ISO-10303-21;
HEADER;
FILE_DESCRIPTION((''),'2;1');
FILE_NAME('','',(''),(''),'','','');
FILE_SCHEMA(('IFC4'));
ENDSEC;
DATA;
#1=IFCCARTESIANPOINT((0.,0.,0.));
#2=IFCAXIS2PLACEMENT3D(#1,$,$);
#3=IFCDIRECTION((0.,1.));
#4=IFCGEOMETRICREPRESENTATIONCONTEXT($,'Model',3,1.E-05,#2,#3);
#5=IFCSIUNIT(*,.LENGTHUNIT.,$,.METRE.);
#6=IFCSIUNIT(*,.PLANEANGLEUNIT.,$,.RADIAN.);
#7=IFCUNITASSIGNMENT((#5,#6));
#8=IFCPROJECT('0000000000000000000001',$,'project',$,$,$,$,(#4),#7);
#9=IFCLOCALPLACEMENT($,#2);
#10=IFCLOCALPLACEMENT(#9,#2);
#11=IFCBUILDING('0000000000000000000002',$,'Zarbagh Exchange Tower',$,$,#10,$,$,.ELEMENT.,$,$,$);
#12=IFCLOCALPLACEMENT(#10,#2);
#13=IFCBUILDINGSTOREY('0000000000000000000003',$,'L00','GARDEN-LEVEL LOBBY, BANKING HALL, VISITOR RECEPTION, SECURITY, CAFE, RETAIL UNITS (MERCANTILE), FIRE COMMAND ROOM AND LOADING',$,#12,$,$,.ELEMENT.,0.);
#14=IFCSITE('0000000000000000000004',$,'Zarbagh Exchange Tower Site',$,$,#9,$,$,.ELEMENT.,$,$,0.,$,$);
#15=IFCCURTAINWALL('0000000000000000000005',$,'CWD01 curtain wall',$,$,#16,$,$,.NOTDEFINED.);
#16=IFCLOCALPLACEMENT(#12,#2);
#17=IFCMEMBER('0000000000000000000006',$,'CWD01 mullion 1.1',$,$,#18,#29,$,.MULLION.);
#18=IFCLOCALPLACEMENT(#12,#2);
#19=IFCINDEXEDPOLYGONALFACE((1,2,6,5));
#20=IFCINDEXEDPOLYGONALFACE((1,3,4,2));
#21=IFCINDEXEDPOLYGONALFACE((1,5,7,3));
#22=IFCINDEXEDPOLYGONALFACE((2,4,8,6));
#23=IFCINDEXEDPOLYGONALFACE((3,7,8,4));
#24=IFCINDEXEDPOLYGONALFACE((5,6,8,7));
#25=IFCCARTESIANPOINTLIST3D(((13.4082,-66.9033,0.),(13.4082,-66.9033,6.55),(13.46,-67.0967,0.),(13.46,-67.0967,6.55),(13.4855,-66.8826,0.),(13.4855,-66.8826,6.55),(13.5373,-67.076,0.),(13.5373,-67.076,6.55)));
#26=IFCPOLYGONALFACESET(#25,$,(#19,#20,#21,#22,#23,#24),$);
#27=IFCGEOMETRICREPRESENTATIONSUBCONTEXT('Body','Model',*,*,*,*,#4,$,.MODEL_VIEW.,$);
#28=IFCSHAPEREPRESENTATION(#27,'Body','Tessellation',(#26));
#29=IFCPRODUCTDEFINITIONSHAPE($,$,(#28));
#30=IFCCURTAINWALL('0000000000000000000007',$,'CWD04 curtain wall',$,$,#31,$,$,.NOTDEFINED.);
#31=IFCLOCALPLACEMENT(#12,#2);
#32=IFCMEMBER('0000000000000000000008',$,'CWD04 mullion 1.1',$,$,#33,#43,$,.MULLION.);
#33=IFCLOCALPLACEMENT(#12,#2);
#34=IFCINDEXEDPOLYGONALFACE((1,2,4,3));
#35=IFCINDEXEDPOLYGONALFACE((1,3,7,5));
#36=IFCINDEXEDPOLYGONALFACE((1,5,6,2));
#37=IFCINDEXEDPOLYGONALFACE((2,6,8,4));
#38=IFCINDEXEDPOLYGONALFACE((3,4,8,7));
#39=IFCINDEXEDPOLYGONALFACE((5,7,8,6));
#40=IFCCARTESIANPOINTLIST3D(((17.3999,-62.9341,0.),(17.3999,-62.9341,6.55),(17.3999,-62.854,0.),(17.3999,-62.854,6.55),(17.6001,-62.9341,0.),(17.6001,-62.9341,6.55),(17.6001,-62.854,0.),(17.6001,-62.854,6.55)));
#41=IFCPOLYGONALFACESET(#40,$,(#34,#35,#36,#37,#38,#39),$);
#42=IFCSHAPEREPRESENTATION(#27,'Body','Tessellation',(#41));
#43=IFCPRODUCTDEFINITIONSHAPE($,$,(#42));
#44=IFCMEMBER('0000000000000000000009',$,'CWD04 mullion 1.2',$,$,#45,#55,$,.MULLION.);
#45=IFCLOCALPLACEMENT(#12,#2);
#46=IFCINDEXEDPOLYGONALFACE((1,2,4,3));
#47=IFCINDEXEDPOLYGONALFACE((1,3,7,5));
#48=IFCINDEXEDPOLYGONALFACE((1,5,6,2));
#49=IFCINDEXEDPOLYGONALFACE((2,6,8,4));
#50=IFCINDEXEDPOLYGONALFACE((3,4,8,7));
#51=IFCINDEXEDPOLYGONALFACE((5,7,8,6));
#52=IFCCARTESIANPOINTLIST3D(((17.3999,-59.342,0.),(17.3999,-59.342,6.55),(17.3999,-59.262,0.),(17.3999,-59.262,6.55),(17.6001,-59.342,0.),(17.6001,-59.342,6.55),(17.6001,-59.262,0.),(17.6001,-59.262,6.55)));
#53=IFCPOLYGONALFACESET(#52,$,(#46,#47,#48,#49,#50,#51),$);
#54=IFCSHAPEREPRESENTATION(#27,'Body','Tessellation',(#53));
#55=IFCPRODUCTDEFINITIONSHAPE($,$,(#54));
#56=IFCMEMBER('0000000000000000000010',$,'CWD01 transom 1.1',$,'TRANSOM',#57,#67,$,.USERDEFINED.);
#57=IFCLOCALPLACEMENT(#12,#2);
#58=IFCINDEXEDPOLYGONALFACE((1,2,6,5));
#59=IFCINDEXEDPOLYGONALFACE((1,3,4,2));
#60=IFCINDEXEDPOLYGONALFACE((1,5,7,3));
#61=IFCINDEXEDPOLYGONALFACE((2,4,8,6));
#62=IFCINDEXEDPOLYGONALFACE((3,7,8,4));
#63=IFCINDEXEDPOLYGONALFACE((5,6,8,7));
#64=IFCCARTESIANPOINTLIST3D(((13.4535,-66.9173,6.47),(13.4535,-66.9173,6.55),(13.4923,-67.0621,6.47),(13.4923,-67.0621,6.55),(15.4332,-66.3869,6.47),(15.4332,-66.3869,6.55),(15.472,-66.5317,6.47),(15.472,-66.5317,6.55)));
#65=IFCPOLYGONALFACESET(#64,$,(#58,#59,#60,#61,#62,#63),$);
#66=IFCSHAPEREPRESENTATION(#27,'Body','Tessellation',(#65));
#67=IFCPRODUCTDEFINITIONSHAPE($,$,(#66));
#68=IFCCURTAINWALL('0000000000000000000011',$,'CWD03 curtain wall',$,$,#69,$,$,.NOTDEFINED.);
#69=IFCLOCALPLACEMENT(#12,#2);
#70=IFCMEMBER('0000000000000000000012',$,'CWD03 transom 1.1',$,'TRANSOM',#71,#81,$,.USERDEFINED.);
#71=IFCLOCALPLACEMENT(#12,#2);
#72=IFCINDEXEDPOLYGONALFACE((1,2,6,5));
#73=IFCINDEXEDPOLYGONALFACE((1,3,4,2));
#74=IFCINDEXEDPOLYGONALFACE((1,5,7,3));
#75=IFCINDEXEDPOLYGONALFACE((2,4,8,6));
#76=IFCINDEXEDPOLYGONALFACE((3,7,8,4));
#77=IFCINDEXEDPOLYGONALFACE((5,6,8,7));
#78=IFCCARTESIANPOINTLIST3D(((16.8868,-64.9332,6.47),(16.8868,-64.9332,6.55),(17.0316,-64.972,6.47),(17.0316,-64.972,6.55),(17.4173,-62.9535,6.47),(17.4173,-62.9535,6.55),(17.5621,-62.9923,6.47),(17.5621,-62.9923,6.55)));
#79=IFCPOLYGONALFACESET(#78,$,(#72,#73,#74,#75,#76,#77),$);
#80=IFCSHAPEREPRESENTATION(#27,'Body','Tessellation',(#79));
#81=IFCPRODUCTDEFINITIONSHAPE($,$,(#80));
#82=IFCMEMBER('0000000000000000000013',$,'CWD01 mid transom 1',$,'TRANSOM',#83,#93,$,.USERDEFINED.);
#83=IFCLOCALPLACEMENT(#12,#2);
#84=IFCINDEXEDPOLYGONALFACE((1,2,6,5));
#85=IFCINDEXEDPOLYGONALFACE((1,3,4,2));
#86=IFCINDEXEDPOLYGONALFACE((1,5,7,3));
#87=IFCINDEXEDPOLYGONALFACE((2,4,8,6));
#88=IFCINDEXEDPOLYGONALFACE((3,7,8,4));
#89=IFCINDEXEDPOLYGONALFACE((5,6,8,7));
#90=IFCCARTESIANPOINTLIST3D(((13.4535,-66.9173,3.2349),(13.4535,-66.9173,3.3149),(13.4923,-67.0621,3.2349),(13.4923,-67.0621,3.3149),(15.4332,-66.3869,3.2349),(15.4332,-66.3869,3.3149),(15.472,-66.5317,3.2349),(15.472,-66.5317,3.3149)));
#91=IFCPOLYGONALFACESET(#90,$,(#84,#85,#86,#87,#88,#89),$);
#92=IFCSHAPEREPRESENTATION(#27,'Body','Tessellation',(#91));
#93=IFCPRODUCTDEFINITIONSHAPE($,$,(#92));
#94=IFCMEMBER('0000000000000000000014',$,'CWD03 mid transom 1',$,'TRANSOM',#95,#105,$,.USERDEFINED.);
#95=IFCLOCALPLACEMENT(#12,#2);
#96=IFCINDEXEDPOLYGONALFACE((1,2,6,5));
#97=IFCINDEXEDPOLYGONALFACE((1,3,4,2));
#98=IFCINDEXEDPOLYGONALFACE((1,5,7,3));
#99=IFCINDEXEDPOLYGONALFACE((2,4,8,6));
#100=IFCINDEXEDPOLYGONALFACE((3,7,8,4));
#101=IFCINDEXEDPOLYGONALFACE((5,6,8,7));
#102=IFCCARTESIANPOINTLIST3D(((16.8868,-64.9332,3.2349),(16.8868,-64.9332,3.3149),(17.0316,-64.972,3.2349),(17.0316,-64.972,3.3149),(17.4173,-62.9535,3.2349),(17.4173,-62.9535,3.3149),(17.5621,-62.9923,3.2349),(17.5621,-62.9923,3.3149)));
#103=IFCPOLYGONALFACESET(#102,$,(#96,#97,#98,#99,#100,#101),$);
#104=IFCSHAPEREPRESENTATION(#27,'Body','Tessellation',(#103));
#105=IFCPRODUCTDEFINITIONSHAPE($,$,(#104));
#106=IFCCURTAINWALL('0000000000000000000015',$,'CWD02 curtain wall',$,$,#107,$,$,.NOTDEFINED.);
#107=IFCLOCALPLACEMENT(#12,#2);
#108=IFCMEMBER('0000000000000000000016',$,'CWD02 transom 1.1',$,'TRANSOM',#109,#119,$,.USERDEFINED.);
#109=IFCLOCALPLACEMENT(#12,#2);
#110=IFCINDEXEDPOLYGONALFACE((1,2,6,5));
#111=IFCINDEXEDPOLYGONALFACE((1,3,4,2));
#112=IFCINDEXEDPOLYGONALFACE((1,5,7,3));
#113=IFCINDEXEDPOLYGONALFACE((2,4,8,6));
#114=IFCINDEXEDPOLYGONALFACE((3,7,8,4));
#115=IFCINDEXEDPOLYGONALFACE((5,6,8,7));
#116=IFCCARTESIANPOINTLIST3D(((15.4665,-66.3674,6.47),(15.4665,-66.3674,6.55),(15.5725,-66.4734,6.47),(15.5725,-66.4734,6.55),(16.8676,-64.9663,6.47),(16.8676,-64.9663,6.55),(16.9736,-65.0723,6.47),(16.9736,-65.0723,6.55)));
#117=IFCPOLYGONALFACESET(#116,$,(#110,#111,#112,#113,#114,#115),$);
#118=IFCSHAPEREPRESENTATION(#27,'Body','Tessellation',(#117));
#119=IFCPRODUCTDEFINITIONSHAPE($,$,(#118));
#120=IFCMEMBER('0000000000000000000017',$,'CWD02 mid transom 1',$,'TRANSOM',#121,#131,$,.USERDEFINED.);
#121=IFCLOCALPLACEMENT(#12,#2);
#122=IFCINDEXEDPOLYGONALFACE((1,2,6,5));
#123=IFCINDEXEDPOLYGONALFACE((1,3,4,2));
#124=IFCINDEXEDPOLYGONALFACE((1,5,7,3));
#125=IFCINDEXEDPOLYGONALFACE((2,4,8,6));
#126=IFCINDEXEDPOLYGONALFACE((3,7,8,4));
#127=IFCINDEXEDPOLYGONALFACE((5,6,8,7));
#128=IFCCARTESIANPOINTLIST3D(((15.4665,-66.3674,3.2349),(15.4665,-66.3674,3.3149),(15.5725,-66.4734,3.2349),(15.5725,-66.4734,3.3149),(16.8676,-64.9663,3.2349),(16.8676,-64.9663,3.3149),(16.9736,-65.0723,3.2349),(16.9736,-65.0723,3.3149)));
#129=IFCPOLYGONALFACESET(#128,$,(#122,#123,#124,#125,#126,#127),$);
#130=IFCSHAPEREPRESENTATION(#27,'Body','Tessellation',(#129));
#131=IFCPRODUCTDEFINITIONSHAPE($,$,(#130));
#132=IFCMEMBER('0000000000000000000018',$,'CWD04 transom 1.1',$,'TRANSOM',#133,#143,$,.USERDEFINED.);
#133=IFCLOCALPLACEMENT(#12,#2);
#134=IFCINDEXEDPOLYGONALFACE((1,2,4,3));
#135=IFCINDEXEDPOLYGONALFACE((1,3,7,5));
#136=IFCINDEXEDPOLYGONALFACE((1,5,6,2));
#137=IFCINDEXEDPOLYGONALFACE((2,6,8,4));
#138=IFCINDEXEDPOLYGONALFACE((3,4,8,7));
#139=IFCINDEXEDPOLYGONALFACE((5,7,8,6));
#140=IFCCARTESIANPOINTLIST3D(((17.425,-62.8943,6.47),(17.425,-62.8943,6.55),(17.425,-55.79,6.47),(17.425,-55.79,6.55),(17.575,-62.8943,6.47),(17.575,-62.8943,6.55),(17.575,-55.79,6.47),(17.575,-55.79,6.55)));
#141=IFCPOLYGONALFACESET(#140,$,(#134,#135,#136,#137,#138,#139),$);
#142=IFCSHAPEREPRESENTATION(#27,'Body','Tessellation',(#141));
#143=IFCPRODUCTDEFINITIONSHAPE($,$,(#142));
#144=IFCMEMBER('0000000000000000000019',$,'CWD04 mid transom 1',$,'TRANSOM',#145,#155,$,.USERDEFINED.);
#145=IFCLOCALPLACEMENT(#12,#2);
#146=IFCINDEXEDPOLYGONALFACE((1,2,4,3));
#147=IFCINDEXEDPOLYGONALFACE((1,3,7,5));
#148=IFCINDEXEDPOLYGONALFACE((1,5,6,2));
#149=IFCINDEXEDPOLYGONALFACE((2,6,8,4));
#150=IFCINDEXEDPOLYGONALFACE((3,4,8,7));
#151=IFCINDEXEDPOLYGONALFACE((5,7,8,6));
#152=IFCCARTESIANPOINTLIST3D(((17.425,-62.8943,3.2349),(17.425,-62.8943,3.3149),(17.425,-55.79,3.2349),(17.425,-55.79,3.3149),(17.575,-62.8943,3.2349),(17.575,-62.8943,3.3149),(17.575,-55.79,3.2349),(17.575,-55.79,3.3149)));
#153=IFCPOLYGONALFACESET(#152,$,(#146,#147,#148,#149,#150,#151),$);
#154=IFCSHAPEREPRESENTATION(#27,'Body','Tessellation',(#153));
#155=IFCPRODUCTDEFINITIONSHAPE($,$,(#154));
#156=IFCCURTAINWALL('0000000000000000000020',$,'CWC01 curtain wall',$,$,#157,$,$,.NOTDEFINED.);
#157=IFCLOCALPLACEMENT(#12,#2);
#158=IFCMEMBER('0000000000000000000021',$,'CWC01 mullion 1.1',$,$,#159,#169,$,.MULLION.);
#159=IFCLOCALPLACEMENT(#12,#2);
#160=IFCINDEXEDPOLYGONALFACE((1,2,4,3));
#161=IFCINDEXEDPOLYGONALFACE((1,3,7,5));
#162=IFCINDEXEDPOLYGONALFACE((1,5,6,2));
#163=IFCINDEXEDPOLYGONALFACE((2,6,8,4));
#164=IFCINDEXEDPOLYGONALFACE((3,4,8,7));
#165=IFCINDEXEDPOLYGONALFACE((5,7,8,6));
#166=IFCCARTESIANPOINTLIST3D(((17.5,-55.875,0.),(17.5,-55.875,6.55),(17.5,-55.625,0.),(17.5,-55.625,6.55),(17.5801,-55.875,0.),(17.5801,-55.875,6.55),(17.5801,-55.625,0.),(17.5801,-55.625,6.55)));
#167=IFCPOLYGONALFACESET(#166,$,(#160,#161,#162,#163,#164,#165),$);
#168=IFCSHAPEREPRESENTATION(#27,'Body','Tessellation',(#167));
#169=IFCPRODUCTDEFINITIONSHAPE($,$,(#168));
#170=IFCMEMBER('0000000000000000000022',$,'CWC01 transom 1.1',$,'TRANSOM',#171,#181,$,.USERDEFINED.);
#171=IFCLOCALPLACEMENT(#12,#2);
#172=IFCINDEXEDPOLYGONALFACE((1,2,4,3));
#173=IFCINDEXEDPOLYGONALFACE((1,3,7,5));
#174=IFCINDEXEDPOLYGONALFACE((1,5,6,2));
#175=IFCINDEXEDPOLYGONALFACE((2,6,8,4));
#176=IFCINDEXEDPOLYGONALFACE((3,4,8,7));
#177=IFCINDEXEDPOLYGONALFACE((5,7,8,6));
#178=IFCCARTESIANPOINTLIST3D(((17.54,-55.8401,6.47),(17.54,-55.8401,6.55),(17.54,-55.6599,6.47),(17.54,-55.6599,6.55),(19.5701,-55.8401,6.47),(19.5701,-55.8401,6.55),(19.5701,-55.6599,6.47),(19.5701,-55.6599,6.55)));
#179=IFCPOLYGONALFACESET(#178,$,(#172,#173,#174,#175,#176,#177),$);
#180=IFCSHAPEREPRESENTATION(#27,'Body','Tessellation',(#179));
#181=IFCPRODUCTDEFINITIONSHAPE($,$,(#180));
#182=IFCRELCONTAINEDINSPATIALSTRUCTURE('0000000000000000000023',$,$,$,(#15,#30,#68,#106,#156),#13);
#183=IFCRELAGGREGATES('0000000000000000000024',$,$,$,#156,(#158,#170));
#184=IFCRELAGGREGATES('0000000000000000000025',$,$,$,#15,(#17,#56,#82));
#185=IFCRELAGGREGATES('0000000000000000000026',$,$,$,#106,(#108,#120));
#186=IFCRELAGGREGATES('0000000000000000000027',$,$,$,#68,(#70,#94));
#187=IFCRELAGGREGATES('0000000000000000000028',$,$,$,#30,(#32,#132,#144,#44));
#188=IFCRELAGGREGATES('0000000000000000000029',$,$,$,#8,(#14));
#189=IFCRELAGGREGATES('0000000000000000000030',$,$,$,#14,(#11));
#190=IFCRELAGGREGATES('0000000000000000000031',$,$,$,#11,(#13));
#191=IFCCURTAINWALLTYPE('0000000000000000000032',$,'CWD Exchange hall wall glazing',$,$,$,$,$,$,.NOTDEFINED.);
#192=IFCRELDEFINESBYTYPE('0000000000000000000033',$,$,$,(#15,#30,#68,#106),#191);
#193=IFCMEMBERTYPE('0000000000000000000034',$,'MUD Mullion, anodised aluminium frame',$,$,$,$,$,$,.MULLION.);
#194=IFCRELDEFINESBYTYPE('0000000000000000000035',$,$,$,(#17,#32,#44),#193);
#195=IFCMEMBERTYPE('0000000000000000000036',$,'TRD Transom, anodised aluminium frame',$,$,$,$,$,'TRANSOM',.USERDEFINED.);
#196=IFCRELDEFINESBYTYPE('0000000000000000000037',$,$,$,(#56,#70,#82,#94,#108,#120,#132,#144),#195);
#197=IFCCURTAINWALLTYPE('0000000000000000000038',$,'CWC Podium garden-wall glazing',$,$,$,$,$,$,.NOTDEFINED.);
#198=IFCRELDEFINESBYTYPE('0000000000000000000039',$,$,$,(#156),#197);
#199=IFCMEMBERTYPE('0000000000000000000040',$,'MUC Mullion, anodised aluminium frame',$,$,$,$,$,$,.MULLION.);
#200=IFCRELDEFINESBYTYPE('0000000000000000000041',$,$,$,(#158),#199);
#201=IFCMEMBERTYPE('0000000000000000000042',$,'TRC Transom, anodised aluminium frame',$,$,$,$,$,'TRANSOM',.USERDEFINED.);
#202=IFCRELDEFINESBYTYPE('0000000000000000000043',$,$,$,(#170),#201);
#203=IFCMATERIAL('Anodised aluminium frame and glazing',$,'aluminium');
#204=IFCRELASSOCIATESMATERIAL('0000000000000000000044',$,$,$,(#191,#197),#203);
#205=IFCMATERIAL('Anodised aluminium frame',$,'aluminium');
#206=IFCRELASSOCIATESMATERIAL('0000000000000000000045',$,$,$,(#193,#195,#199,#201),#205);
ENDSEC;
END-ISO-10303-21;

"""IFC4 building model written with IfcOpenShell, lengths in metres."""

from ifc_helpers import new_model, si_unit, direction, origin, place, context, subcontext, project, spatial, polyline, outline, extrude, source, transform, mapped, material, type_object, element, aggregate, save


model = new_model("IFC4")

# Units and contexts
model_context = context("Model", 3, precision=1e-05, world=origin(), true_north=direction((0.0, 1.0)))
body_context = subcontext(model_context, "Body", "Model", "MODEL_VIEW")
ifc_project = project(units=[si_unit("LENGTHUNIT", "METRE"), si_unit("PLANEANGLEUNIT", "RADIAN")], contexts=[model_context])

# Site, building, storey
site_placement = place(None, origin())
site = spatial("IfcSite", under=ifc_project, at=site_placement, Name="Zarbagh Exchange Tower Site", CompositionType="ELEMENT", RefElevation=0.0)
building_placement = place(site_placement, origin())
building = spatial("IfcBuilding", under=site, at=building_placement, Name="Zarbagh Exchange Tower", CompositionType="ELEMENT")
storey_placement = place(building_placement, origin())
storey = spatial("IfcBuildingStorey", under=building, at=storey_placement, Name="L00", Description="GARDEN-LEVEL LOBBY, BANKING HALL, VISITOR RECEPTION, SECURITY, CAFE, RETAIL UNITS (MERCANTILE), FIRE COMMAND ROOM AND LOADING", CompositionType="ELEMENT", Elevation=0.0)

# Curtain wall, member
ifc_material_1 = material(Name="Anodised aluminium frame and glazing", Category="aluminium")
curtain_wall_type_1 = type_object("IfcCurtainWallType", Name="CWD Exchange hall wall glazing", PredefinedType="NOTDEFINED", material=ifc_material_1)
curtain_wall_1_placement = place(storey_placement, origin())
curtain_wall_1 = element("IfcCurtainWall", 1, at=curtain_wall_1_placement, inside=storey, type_object=curtain_wall_type_1, Name="CWD01 curtain wall", PredefinedType="NOTDEFINED")
ifc_material_2 = material(Name="Anodised aluminium frame", Category="aluminium")
member_type_1 = type_object("IfcMemberType", Name="MUD Mullion, anodised aluminium frame", PredefinedType="MULLION", material=ifc_material_2)
shared_shape_1 = source(origin(), body_context, "Body", "SweptSolid", [
    extrude(outline(polyline([(0.0, -0.1001), (0.0801, -0.1001), (0.0801, 0.1001), (0.0, 0.1001), (0.0, -0.1001)])), origin(), (0.0, 0.0, 1.0), 6.55),
])
placement = place(storey_placement, origin())
member_1 = element("IfcMember", 2, at=placement, type_object=member_type_1, Name="CWD01 mullion 1.1", PredefinedType="MULLION", context=body_context, shape_type="MappedRepresentation", body=[
    mapped(shared_shape_1, transform((13.4341, -67.0, 0.0), x_axis=(0.965924, 0.258825, 0.0), y_axis=(-0.258825, 0.965924, 0.0), z_axis=(0.0, 0.0, 1.0))),
])

# Curtain wall, members
curtain_wall_2_placement = place(storey_placement, origin())
curtain_wall_2 = element("IfcCurtainWall", 3, at=curtain_wall_2_placement, inside=storey, type_object=curtain_wall_type_1, Name="CWD04 curtain wall", PredefinedType="NOTDEFINED")
member_2 = element("IfcMember", 4, at=placement, type_object=member_type_1, Name="CWD04 mullion 1.1", PredefinedType="MULLION", context=body_context, shape_type="MappedRepresentation", body=[
    mapped(shared_shape_1, transform((17.5, -62.9341, 0.0), x_axis=(0.0, 1.0, 0.0), y_axis=(-1.0, 0.0, 0.0), z_axis=(0.0, 0.0, 1.0))),
])
member_3 = element("IfcMember", 5, at=placement, type_object=member_type_1, Name="CWD04 mullion 1.2", PredefinedType="MULLION", context=body_context, shape_type="MappedRepresentation", body=[
    mapped(shared_shape_1, transform((17.5, -59.342, 0.0), x_axis=(0.0, 1.0, 0.0), y_axis=(-1.0, 0.0, 0.0), z_axis=(0.0, 0.0, 1.0))),
])

# Member
member_type_2 = type_object("IfcMemberType", Name="TRD Transom, anodised aluminium frame", ElementType="TRANSOM", PredefinedType="USERDEFINED", material=ifc_material_2)
shared_shape_2 = source(origin(), body_context, "Body", "SweptSolid", [
    extrude(outline(polyline([(-0.0801, -0.075), (0.0, -0.075), (0.0, 0.075), (-0.0801, 0.075), (-0.0801, -0.075)])), origin(), (0.0, 0.0, 1.0), 2.0496),
])
member_4 = element("IfcMember", 6, at=placement, type_object=member_type_2, Name="CWD01 transom 1.1", ObjectType="TRANSOM", PredefinedType="USERDEFINED", context=body_context, shape_type="MappedRepresentation", body=[
    mapped(shared_shape_2, transform((13.4729, -66.9897, 6.55), x_axis=(0.0, 0.0, 1.0), y_axis=(0.258825, -0.965924, 0.0), z_axis=(0.965924, 0.258825, 0.0))),
])

# Curtain wall, member
curtain_wall_3_placement = place(storey_placement, origin())
curtain_wall_3 = element("IfcCurtainWall", 7, at=curtain_wall_3_placement, inside=storey, type_object=curtain_wall_type_1, Name="CWD03 curtain wall", PredefinedType="NOTDEFINED")
member_5 = element("IfcMember", 8, at=placement, type_object=member_type_2, Name="CWD03 transom 1.1", ObjectType="TRANSOM", PredefinedType="USERDEFINED", context=body_context, shape_type="MappedRepresentation", body=[
    mapped(shared_shape_2, transform((16.9592, -64.9526, 6.55), x_axis=(0.0, 0.0, 1.0), y_axis=(0.965924, -0.258825, 0.0), z_axis=(0.258825, 0.965924, 0.0))),
])

# Members
shared_shape_3 = source(origin(), body_context, "Body", "SweptSolid", [
    extrude(outline(polyline([(-0.04, -0.075), (0.04, -0.075), (0.04, 0.075), (-0.04, 0.075), (-0.04, -0.075)])), origin(), (0.0, 0.0, 1.0), 2.0496),
])
member_6 = element("IfcMember", 9, at=placement, type_object=member_type_2, Name="CWD01 mid transom 1", ObjectType="TRANSOM", PredefinedType="USERDEFINED", context=body_context, shape_type="MappedRepresentation", body=[
    mapped(shared_shape_3, transform((13.4729, -66.9897, 3.2749), x_axis=(0.0, 0.0, 1.0), y_axis=(0.258825, -0.965924, 0.0), z_axis=(0.965924, 0.258825, 0.0))),
])
member_7 = element("IfcMember", 10, at=placement, type_object=member_type_2, Name="CWD03 mid transom 1", ObjectType="TRANSOM", PredefinedType="USERDEFINED", context=body_context, shape_type="MappedRepresentation", body=[
    mapped(shared_shape_3, transform((16.9592, -64.9526, 3.2749), x_axis=(0.0, 0.0, 1.0), y_axis=(0.965924, -0.258825, 0.0), z_axis=(0.258825, 0.965924, 0.0))),
])

# Curtain wall, members
curtain_wall_4_placement = place(storey_placement, origin())
curtain_wall_4 = element("IfcCurtainWall", 11, at=curtain_wall_4_placement, inside=storey, type_object=curtain_wall_type_1, Name="CWD02 curtain wall", PredefinedType="NOTDEFINED")
shared_shape_4 = source(origin(), body_context, "Body", "SweptSolid", [
    extrude(outline(polyline([(-0.0801, -0.075), (0.0, -0.075), (0.0, 0.075), (-0.0801, 0.075), (-0.0801, -0.075)])), origin(), (0.0, 0.0, 1.0), 1.9814),
])
member_8 = element("IfcMember", 12, at=placement, type_object=member_type_2, Name="CWD02 transom 1.1", ObjectType="TRANSOM", PredefinedType="USERDEFINED", context=body_context, shape_type="MappedRepresentation", body=[
    mapped(shared_shape_4, transform((15.5195, -66.4204, 6.55), x_axis=(0.0, 0.0, 1.0), y_axis=(0.707107, -0.707107, 0.0), z_axis=(0.707107, 0.707107, 0.0))),
])
shared_shape_5 = source(origin(), body_context, "Body", "SweptSolid", [
    extrude(outline(polyline([(-0.04, -0.075), (0.04, -0.075), (0.04, 0.075), (-0.04, 0.075), (-0.04, -0.075)])), origin(), (0.0, 0.0, 1.0), 1.9814),
])
member_9 = element("IfcMember", 13, at=placement, type_object=member_type_2, Name="CWD02 mid transom 1", ObjectType="TRANSOM", PredefinedType="USERDEFINED", context=body_context, shape_type="MappedRepresentation", body=[
    mapped(shared_shape_5, transform((15.5195, -66.4204, 3.2749), x_axis=(0.0, 0.0, 1.0), y_axis=(0.707107, -0.707107, 0.0), z_axis=(0.707107, 0.707107, 0.0))),
])

# Members
shared_shape_6 = source(origin(), body_context, "Body", "SweptSolid", [
    extrude(outline(polyline([(-0.0801, -0.075), (0.0, -0.075), (0.0, 0.075), (-0.0801, 0.075), (-0.0801, -0.075)])), origin(), (0.0, 0.0, 1.0), 7.1042),
])
member_10 = element("IfcMember", 14, at=placement, type_object=member_type_2, Name="CWD04 transom 1.1", ObjectType="TRANSOM", PredefinedType="USERDEFINED", context=body_context, shape_type="MappedRepresentation", body=[
    mapped(shared_shape_6, transform((17.5, -62.8943, 6.55), x_axis=(0.0, 0.0, 1.0), y_axis=(1.0, 0.0, 0.0), z_axis=(0.0, 1.0, 0.0))),
])
shared_shape_7 = source(origin(), body_context, "Body", "SweptSolid", [
    extrude(outline(polyline([(-0.04, -0.075), (0.04, -0.075), (0.04, 0.075), (-0.04, 0.075), (-0.04, -0.075)])), origin(), (0.0, 0.0, 1.0), 7.1042),
])
member_11 = element("IfcMember", 15, at=placement, type_object=member_type_2, Name="CWD04 mid transom 1", ObjectType="TRANSOM", PredefinedType="USERDEFINED", context=body_context, shape_type="MappedRepresentation", body=[
    mapped(shared_shape_7, transform((17.5, -62.8943, 3.2749), x_axis=(0.0, 0.0, 1.0), y_axis=(1.0, 0.0, 0.0), z_axis=(0.0, 1.0, 0.0))),
])

# Curtain wall, members
curtain_wall_type_2 = type_object("IfcCurtainWallType", Name="CWC Podium garden-wall glazing", PredefinedType="NOTDEFINED", material=ifc_material_1)
curtain_wall_5_placement = place(storey_placement, origin())
curtain_wall_5 = element("IfcCurtainWall", 16, at=curtain_wall_5_placement, inside=storey, type_object=curtain_wall_type_2, Name="CWC01 curtain wall", PredefinedType="NOTDEFINED")
member_type_3 = type_object("IfcMemberType", Name="MUC Mullion, anodised aluminium frame", PredefinedType="MULLION", material=ifc_material_2)
shared_shape_8 = source(origin(), body_context, "Body", "SweptSolid", [
    extrude(outline(polyline([(0.0, -0.125), (0.0801, -0.125), (0.0801, 0.125), (0.0, 0.125), (0.0, -0.125)])), origin(), (0.0, 0.0, 1.0), 6.55),
])
member_12 = element("IfcMember", 17, at=placement, type_object=member_type_3, Name="CWC01 mullion 1.1", PredefinedType="MULLION", context=body_context, shape_type="MappedRepresentation", body=[
    mapped(shared_shape_8, transform((17.5, -55.75, 0.0), x_axis=(1.0, 0.0, 0.0), y_axis=(0.0, 1.0, 0.0), z_axis=(0.0, 0.0, 1.0))),
])
member_type_4 = type_object("IfcMemberType", Name="TRC Transom, anodised aluminium frame", ElementType="TRANSOM", PredefinedType="USERDEFINED", material=ifc_material_2)
shared_shape_9 = source(origin(), body_context, "Body", "SweptSolid", [
    extrude(outline(polyline([(-0.0801, -0.0901), (0.0, -0.0901), (0.0, 0.0901), (-0.0801, 0.0901), (-0.0801, -0.0901)])), origin(), (0.0, 0.0, 1.0), 2.03),
])
member_13 = element("IfcMember", 18, at=placement, type_object=member_type_4, Name="CWC01 transom 1.1", ObjectType="TRANSOM", PredefinedType="USERDEFINED", context=body_context, shape_type="MappedRepresentation", body=[
    mapped(shared_shape_9, transform((17.54, -55.75, 6.55), x_axis=(0.0, 0.0, 1.0), y_axis=(0.0, -1.0, 0.0), z_axis=(1.0, 0.0, 0.0))),
])
aggregate(curtain_wall_5, [member_12, member_13])

aggregate(curtain_wall_1, [member_1, member_4, member_6])
aggregate(curtain_wall_4, [member_8, member_9])
aggregate(curtain_wall_3, [member_5, member_7])
aggregate(curtain_wall_2, [member_2, member_10, member_11, member_3])

save(model, "model.ifc")
